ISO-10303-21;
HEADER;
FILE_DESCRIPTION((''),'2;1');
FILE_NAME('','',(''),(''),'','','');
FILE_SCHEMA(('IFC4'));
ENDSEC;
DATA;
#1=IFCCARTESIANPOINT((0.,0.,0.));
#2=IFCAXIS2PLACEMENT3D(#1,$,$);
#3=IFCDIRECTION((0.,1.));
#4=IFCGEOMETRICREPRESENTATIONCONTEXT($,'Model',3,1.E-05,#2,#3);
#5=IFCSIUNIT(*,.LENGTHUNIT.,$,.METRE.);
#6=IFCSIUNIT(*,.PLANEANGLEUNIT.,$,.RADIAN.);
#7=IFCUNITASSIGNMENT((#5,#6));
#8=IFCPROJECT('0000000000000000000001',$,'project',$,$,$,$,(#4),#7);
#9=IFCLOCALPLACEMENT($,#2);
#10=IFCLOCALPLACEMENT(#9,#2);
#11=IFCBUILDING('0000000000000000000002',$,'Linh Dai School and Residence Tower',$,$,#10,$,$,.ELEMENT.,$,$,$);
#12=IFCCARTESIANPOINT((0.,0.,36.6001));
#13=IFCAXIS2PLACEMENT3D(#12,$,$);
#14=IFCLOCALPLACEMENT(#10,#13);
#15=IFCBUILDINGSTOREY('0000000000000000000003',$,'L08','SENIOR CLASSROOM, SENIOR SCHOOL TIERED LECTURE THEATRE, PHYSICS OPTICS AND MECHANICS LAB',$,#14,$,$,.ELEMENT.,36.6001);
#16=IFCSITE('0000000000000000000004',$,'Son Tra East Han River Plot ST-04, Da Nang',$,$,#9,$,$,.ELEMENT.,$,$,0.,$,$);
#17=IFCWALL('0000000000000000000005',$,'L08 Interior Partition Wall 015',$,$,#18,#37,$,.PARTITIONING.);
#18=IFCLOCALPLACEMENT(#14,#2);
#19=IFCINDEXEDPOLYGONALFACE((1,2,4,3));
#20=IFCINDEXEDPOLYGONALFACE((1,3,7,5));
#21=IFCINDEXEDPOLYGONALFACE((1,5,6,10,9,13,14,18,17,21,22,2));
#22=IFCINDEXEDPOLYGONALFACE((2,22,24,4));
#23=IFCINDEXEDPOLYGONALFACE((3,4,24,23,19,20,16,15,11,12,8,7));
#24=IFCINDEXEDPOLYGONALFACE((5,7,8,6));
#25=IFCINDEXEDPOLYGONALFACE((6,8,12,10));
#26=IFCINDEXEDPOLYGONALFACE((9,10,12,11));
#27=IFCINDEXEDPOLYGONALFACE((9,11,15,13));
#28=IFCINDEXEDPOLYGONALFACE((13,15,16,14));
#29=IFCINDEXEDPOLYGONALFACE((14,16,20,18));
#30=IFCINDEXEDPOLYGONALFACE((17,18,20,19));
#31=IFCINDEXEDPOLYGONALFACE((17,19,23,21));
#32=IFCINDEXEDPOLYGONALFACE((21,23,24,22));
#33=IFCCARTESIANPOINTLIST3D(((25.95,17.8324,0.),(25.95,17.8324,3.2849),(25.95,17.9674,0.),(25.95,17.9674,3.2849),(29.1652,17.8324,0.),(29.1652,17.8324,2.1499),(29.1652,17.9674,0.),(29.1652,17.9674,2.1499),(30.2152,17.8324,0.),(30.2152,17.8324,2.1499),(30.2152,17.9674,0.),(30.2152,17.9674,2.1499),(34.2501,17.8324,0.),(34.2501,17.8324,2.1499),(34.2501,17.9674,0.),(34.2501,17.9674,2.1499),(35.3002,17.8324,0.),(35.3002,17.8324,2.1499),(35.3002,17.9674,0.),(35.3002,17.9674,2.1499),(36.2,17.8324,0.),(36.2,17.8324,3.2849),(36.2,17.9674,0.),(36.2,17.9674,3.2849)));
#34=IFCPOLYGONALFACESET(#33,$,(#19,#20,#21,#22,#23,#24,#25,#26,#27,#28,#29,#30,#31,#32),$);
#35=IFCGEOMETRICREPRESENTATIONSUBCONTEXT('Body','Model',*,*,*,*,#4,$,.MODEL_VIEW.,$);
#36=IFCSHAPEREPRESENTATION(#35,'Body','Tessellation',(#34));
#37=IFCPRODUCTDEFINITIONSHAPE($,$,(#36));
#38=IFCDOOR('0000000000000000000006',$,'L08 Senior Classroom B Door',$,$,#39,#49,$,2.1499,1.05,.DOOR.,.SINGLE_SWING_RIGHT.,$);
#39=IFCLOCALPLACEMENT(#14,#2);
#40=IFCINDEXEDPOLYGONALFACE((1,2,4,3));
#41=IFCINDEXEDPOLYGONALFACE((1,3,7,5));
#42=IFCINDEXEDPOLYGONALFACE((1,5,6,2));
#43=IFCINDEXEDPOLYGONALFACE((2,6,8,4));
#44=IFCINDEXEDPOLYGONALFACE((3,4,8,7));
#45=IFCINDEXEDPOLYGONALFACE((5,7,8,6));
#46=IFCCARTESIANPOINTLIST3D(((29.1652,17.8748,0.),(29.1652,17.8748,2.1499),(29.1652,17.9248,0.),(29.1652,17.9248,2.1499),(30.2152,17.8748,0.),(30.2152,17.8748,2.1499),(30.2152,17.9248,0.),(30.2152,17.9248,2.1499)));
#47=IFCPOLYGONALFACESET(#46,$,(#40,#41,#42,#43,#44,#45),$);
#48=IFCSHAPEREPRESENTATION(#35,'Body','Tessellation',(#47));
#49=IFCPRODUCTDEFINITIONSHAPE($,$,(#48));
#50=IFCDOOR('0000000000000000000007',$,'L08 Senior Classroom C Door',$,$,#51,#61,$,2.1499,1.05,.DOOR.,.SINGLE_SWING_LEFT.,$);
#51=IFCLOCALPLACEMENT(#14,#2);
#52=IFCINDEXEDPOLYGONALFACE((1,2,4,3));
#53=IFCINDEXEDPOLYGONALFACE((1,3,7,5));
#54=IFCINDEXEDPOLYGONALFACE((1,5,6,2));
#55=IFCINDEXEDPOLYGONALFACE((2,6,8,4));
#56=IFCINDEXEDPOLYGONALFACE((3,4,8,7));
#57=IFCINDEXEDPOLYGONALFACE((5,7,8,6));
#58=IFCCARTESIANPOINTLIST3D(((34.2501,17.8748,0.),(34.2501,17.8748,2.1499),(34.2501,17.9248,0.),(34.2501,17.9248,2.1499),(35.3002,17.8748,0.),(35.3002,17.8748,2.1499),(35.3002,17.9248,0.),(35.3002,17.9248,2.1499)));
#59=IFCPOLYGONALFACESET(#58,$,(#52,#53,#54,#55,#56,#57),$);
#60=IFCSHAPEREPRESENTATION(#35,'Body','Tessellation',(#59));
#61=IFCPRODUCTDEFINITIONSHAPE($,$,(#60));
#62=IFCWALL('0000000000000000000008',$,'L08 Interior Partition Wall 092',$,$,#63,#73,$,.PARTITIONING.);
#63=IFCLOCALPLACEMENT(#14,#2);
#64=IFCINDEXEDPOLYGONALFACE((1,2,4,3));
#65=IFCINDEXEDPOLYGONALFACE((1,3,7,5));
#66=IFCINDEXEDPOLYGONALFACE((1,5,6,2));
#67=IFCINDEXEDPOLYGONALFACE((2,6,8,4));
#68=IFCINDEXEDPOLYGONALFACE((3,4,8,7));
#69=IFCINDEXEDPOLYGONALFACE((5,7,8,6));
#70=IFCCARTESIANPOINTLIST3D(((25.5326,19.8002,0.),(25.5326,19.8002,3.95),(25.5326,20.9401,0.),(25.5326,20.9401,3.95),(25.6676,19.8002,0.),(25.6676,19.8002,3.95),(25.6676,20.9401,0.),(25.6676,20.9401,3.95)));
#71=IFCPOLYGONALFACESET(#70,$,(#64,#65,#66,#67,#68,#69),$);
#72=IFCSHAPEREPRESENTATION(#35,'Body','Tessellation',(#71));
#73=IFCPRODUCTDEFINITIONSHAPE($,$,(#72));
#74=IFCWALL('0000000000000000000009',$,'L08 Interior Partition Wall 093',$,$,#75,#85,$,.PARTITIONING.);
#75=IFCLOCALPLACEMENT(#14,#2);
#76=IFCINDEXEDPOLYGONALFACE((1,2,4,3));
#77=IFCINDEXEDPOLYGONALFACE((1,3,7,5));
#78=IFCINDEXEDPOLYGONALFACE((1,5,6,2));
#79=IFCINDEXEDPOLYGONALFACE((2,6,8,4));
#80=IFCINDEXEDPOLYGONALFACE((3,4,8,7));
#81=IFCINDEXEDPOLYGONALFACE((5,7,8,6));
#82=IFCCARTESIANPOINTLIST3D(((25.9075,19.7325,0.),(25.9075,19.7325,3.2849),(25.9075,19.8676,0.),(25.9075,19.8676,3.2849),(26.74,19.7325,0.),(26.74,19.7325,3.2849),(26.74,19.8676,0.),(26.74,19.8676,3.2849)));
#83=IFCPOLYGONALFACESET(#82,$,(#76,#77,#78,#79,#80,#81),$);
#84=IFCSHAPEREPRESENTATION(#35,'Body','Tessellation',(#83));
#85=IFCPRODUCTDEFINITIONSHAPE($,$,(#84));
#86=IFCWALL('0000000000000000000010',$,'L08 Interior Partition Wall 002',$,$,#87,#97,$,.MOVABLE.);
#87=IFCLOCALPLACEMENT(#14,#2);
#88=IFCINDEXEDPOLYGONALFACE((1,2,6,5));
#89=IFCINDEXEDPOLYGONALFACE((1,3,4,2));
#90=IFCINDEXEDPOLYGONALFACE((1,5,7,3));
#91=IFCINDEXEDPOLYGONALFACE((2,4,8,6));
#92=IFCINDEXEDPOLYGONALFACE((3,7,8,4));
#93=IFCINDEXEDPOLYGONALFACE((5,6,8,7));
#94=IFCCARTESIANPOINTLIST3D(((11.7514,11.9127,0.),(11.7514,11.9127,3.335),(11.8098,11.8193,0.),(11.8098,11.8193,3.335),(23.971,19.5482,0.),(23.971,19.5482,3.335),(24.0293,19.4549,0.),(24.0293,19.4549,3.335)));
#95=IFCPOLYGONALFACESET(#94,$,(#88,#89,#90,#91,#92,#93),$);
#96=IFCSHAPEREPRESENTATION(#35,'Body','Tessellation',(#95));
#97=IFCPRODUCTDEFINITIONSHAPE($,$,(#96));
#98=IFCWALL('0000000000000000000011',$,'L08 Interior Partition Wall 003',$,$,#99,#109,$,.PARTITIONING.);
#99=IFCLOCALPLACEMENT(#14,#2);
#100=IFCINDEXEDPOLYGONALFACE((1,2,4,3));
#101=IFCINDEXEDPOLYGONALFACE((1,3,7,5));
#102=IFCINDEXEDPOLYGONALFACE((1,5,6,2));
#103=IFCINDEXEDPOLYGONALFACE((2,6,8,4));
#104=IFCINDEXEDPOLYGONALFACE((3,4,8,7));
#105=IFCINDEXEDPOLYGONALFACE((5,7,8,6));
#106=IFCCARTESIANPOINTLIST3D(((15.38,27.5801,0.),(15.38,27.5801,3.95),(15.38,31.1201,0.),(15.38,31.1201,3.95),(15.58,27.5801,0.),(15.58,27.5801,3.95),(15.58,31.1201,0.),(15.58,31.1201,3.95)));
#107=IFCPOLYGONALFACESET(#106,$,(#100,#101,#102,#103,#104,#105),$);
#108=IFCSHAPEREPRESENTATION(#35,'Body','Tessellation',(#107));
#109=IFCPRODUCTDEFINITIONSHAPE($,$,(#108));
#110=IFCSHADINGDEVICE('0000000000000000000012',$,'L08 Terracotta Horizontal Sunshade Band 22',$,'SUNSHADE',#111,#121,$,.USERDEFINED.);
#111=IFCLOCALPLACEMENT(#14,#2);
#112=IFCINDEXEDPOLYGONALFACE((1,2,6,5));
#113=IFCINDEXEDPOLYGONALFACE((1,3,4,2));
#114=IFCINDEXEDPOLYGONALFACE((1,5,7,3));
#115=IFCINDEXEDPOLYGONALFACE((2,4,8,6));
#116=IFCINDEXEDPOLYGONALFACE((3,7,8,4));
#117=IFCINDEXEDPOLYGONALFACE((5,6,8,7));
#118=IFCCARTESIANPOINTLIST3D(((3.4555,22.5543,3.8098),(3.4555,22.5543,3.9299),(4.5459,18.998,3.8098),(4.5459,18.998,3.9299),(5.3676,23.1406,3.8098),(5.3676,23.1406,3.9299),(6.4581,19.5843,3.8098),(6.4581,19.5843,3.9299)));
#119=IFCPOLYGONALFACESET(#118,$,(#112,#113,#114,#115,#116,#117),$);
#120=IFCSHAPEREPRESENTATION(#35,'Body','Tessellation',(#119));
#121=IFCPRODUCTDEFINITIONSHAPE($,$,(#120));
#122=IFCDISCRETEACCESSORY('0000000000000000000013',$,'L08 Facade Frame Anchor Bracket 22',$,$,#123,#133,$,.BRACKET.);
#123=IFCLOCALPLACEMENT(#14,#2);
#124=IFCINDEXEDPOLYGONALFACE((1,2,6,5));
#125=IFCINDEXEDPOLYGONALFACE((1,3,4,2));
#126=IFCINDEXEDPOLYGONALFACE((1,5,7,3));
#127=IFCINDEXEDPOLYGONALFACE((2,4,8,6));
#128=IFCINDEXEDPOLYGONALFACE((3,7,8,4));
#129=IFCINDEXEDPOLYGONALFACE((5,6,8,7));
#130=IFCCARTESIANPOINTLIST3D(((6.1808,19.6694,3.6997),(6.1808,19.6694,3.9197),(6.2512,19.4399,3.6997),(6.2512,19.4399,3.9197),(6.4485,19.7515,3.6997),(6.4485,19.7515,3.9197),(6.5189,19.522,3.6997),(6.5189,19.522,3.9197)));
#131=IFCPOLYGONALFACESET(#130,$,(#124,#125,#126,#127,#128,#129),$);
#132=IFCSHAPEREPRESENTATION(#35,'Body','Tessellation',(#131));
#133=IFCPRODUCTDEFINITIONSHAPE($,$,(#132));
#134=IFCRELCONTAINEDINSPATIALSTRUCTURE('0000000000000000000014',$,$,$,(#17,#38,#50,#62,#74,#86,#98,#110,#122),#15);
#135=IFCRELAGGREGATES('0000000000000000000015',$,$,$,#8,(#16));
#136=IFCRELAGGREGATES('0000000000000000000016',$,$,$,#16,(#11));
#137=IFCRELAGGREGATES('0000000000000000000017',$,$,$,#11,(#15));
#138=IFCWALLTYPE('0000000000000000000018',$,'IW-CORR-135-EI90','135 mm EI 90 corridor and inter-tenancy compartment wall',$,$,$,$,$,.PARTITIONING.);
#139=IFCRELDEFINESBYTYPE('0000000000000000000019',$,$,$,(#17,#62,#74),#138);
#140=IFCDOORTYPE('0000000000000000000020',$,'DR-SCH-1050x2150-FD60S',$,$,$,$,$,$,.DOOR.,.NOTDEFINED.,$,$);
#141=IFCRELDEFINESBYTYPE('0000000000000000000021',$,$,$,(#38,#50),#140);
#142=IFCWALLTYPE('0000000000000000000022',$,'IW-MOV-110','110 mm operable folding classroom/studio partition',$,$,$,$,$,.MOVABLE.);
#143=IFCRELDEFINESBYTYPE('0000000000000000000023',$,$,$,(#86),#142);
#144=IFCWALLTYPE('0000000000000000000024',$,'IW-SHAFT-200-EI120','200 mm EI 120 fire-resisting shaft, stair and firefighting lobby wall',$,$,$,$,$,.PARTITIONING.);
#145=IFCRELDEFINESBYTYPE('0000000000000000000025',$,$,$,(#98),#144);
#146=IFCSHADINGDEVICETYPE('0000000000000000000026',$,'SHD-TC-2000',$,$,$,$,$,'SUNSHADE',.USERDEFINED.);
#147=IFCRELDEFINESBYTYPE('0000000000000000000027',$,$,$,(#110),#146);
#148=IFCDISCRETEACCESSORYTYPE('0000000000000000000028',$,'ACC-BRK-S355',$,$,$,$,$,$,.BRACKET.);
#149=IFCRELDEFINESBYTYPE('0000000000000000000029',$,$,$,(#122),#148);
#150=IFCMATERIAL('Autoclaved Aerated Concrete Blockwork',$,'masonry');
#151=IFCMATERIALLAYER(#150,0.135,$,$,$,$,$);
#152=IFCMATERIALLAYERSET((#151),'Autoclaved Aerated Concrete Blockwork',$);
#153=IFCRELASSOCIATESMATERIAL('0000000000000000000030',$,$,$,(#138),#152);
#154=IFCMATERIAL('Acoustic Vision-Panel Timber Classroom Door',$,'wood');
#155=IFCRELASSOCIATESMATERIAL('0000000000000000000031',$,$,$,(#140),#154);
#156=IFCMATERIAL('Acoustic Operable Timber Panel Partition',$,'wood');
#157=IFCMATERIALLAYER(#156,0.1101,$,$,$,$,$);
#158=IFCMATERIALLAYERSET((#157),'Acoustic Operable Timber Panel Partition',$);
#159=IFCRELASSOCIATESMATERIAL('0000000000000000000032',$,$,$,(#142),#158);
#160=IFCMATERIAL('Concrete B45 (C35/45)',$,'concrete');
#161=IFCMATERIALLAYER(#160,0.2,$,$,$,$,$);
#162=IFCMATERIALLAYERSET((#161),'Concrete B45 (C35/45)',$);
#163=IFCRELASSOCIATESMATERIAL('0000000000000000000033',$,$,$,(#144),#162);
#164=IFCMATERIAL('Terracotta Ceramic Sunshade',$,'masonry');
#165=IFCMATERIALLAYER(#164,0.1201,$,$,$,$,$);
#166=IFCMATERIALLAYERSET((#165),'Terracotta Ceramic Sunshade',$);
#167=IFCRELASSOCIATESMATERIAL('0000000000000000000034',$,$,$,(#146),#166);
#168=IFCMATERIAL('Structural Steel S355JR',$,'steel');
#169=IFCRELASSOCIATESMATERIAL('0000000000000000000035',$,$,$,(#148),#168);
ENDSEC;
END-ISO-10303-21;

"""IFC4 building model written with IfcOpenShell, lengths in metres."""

from ifc_helpers import new_model, si_unit, direction, frame, frame_2d, origin, origin_2d, place, context, subcontext, project, spatial, rectangle, extrude, source, transform, mapped, material, layer, layer_set, type_object, element, fill, save


model = new_model("IFC4")

# Units and contexts
model_context = context("Model", 3, precision=1e-05, world=origin(), true_north=direction((0.0, 1.0)))
body_context = subcontext(model_context, "Body", "Model", "MODEL_VIEW")
ifc_project = project(units=[si_unit("LENGTHUNIT", "METRE"), si_unit("PLANEANGLEUNIT", "RADIAN")], contexts=[model_context])

# Site, building, storey
site_placement = place(None, origin())
site = spatial("IfcSite", under=ifc_project, at=site_placement, Name="Son Tra East Han River Plot ST-04, Da Nang", CompositionType="ELEMENT", RefElevation=0.0)
building_placement = place(site_placement, origin())
building = spatial("IfcBuilding", under=site, at=building_placement, Name="Linh Dai School and Residence Tower", CompositionType="ELEMENT")
storey_placement = place(building_placement, frame((0.0, 0.0, 36.6001)))
storey = spatial("IfcBuildingStorey", under=building, at=storey_placement, Name="L08", Description="SENIOR CLASSROOM, SENIOR SCHOOL TIERED LECTURE THEATRE, PHYSICS OPTICS AND MECHANICS LAB", CompositionType="ELEMENT", Elevation=36.6001)

# Shared definitions
ifc_material_1 = material(Name="Structural Steel S355JR", Category="steel")

# Shared definitions
ifc_material_2 = material(Name="Autoclaved Aerated Concrete Blockwork", Category="masonry")
ifc_layer_1 = layer(ifc_material_2, 0.135)
ifc_layer_set_1 = layer_set([ifc_layer_1], Name="Autoclaved Aerated Concrete Blockwork")
wall_type_1 = type_object("IfcWallType", Name="IW-CORR-135-EI90", Description="135 mm EI 90 corridor and inter-tenancy compartment wall", PredefinedType="PARTITIONING", material=ifc_layer_set_1)
ifc_material_3 = material(Name="Acoustic Vision-Panel Timber Classroom Door", Category="wood")
door_type = type_object("IfcDoorType", Name="DR-SCH-1050x2150-FD60S", OperationType="NOTDEFINED", PredefinedType="DOOR", material=ifc_material_3)
shared_shape_1 = source(origin(), body_context, "Body", "SweptSolid", [
    extrude(rectangle(XDim=1.05, YDim=2.1499, at=origin_2d()), frame((0.5249, 0.0249, 1.075), z_axis=(0.0, -1.0, 0.0), x_axis=(1.0, 0.0, 0.0)), (0.0, 0.0, 1.0), 0.05),
])

# Wall, openings, doors
wall_1_placement = place(storey_placement, frame((25.95, 17.8999, 0.0), z_axis=(0.0, 0.0, 1.0), x_axis=(1.0, 0.0, 0.0)))
wall_1 = element("IfcWall", 1, at=wall_1_placement, inside=storey, type_object=wall_type_1, Name="L08 Interior Partition Wall 015", PredefinedType="PARTITIONING", context=body_context, shape_type="SweptSolid", body=[
    extrude(rectangle(XDim=10.25, YDim=0.135, at=frame_2d((5.125, 0.0))), origin(), (0.0, 0.0, 1.0), 3.2849),
])
opening_1_placement = place(wall_1_placement, frame((3.2153, 0.0, 0.0)))
opening_1 = element("IfcOpeningElement", 2, at=opening_1_placement, cuts=wall_1, PredefinedType="OPENING", context=body_context, shape_type="SweptSolid", body=[
    extrude(rectangle(XDim=1.05, YDim=2.1499, at=origin_2d()), frame((0.5249, 0.0776, 1.075), z_axis=(0.0, -1.0, 0.0), x_axis=(1.0, 0.0, 0.0)), (0.0, 0.0, 1.0), 0.155),
])
opening_2_placement = place(wall_1_placement, frame((8.3003, 0.0, 0.0)))
opening_2 = element("IfcOpeningElement", 3, at=opening_2_placement, cuts=wall_1, PredefinedType="OPENING", context=body_context, shape_type="SweptSolid", body=[
    extrude(rectangle(XDim=1.05, YDim=2.1499, at=origin_2d()), frame((0.5249, 0.0776, 1.075), z_axis=(0.0, -1.0, 0.0), x_axis=(1.0, 0.0, 0.0)), (0.0, 0.0, 1.0), 0.155),
])
door_1_placement = place(opening_1_placement, origin())
door_1 = element("IfcDoor", 4, at=door_1_placement, inside=storey, type_object=door_type, Name="L08 Senior Classroom B Door", OperationType="SINGLE_SWING_RIGHT", OverallHeight=2.1499, OverallWidth=1.05, PredefinedType="DOOR", context=body_context, shape_type="MappedRepresentation", body=[
    mapped(shared_shape_1, transform((0.0, 0.0, 0.0), x_axis=(1.0, 0.0, 0.0), y_axis=(0.0, 1.0, 0.0), z_axis=(0.0, 0.0, 1.0), scale=1.0)),
])
fill(opening_1, door_1)
door_2_placement = place(opening_2_placement, origin())
door_2 = element("IfcDoor", 5, at=door_2_placement, inside=storey, type_object=door_type, Name="L08 Senior Classroom C Door", OperationType="SINGLE_SWING_LEFT", OverallHeight=2.1499, OverallWidth=1.05, PredefinedType="DOOR", context=body_context, shape_type="MappedRepresentation", body=[
    mapped(shared_shape_1, transform((0.0, 0.0, 0.0), x_axis=(1.0, 0.0, 0.0), y_axis=(0.0, 1.0, 0.0), z_axis=(0.0, 0.0, 1.0), scale=1.0)),
])
fill(opening_2, door_2)

# Walls
wall_2_placement = place(storey_placement, frame((25.6001, 20.9399, 0.0), z_axis=(0.0, 0.0, 1.0), x_axis=(0.0, -1.0, 0.0)))
element("IfcWall", 6, at=wall_2_placement, inside=storey, type_object=wall_type_1, Name="L08 Interior Partition Wall 092", PredefinedType="PARTITIONING", context=body_context, shape_type="SweptSolid", body=[
    extrude(rectangle(XDim=1.1399, YDim=0.135, at=frame_2d((0.5698, 0.0))), origin(), (0.0, 0.0, 1.0), 3.95),
])
wall_3_placement = place(storey_placement, frame((25.9075, 19.8, 0.0), z_axis=(0.0, 0.0, 1.0), x_axis=(1.0, 0.0, 0.0)))
element("IfcWall", 7, at=wall_3_placement, inside=storey, type_object=wall_type_1, Name="L08 Interior Partition Wall 093", PredefinedType="PARTITIONING", context=body_context, shape_type="SweptSolid", body=[
    extrude(rectangle(XDim=0.8325, YDim=0.135, at=frame_2d((0.4163, 0.0))), origin(), (0.0, 0.0, 1.0), 3.2849),
])
ifc_material_4 = material(Name="Acoustic Operable Timber Panel Partition", Category="wood")
ifc_layer_2 = layer(ifc_material_4, 0.1101)
ifc_layer_set_2 = layer_set([ifc_layer_2], Name="Acoustic Operable Timber Panel Partition")
wall_type_2 = type_object("IfcWallType", Name="IW-MOV-110", Description="110 mm operable folding classroom/studio partition", PredefinedType="MOVABLE", material=ifc_layer_set_2)
wall_4_placement = place(storey_placement, frame((11.7805, 11.866, 0.0), z_axis=(0.0, 0.0, 1.0), x_axis=(0.848051, 0.529915, 0.0)))
element("IfcWall", 8, at=wall_4_placement, inside=storey, type_object=wall_type_2, Name="L08 Interior Partition Wall 002", PredefinedType="MOVABLE", context=body_context, shape_type="SweptSolid", body=[
    extrude(rectangle(XDim=14.4089, YDim=0.1101, at=frame_2d((7.2046, 0.0))), origin(), (0.0, 0.0, 1.0), 3.335),
])
ifc_material_5 = material(Name="Concrete B45 (C35/45)", Category="concrete")
ifc_layer_3 = layer(ifc_material_5, 0.2)
ifc_layer_set_3 = layer_set([ifc_layer_3], Name="Concrete B45 (C35/45)")
wall_type_3 = type_object("IfcWallType", Name="IW-SHAFT-200-EI120", Description="200 mm EI 120 fire-resisting shaft, stair and firefighting lobby wall", PredefinedType="PARTITIONING", material=ifc_layer_set_3)
wall_5_placement = place(storey_placement, frame((15.48, 27.5801, 0.0), z_axis=(0.0, 0.0, 1.0), x_axis=(0.0, 1.0, 0.0)))
element("IfcWall", 9, at=wall_5_placement, inside=storey, type_object=wall_type_3, Name="L08 Interior Partition Wall 003", PredefinedType="PARTITIONING", context=body_context, shape_type="SweptSolid", body=[
    extrude(rectangle(XDim=3.54, YDim=0.2, at=frame_2d((1.77, 0.0))), origin(), (0.0, 0.0, 1.0), 3.95),
])

# Shading device
ifc_material_6 = material(Name="Terracotta Ceramic Sunshade", Category="masonry")
ifc_layer_4 = layer(ifc_material_6, 0.1201)
ifc_layer_set_4 = layer_set([ifc_layer_4], Name="Terracotta Ceramic Sunshade")
shading_device_type = type_object("IfcShadingDeviceType", Name="SHD-TC-2000", ElementType="SUNSHADE", PredefinedType="USERDEFINED", material=ifc_layer_set_4)
shared_shape_2 = source(origin(), body_context, "Body", "SweptSolid", [
    extrude(rectangle(XDim=3.7197, YDim=2.0, at=origin_2d()), origin(), (0.0, 0.0, 1.0), 0.1201),
])
shading_device_placement = place(storey_placement, frame((4.9568, 21.0693, 3.8098), z_axis=(0.0, 0.0, 1.0), x_axis=(-0.293146, 0.956068, 0.0)))
element("IfcShadingDevice", 10, at=shading_device_placement, inside=storey, type_object=shading_device_type, Name="L08 Terracotta Horizontal Sunshade Band 22", ObjectType="SUNSHADE", PredefinedType="USERDEFINED", context=body_context, shape_type="MappedRepresentation", body=[
    mapped(shared_shape_2, transform((0.0, 0.0, 0.0), x_axis=(1.0, 0.0, 0.0), y_axis=(0.0, 1.0, 0.0), z_axis=(0.0, 0.0, 1.0), scale=1.0)),
])

# Discrete accessory
discrete_accessory_type = type_object("IfcDiscreteAccessoryType", Name="ACC-BRK-S355", PredefinedType="BRACKET", material=ifc_material_1)
shared_shape_3 = source(origin(), body_context, "Body", "SweptSolid", [
    extrude(rectangle(XDim=0.28, YDim=0.24, at=origin_2d()), origin(), (0.0, 0.0, 1.0), 0.22),
])
discrete_accessory_placement = place(storey_placement, frame((6.3499, 19.5957, 3.6997), z_axis=(0.0, 0.0, 1.0), x_axis=(-0.956068, -0.293146, 0.0)))
element("IfcDiscreteAccessory", 11, at=discrete_accessory_placement, inside=storey, type_object=discrete_accessory_type, Name="L08 Facade Frame Anchor Bracket 22", PredefinedType="BRACKET", context=body_context, shape_type="MappedRepresentation", body=[
    mapped(shared_shape_3, transform((0.0, 0.0, 0.0), x_axis=(1.0, 0.0, 0.0), y_axis=(0.0, 1.0, 0.0), z_axis=(0.0, 0.0, 1.0), scale=1.0)),
])

save(model, "model.ifc")
